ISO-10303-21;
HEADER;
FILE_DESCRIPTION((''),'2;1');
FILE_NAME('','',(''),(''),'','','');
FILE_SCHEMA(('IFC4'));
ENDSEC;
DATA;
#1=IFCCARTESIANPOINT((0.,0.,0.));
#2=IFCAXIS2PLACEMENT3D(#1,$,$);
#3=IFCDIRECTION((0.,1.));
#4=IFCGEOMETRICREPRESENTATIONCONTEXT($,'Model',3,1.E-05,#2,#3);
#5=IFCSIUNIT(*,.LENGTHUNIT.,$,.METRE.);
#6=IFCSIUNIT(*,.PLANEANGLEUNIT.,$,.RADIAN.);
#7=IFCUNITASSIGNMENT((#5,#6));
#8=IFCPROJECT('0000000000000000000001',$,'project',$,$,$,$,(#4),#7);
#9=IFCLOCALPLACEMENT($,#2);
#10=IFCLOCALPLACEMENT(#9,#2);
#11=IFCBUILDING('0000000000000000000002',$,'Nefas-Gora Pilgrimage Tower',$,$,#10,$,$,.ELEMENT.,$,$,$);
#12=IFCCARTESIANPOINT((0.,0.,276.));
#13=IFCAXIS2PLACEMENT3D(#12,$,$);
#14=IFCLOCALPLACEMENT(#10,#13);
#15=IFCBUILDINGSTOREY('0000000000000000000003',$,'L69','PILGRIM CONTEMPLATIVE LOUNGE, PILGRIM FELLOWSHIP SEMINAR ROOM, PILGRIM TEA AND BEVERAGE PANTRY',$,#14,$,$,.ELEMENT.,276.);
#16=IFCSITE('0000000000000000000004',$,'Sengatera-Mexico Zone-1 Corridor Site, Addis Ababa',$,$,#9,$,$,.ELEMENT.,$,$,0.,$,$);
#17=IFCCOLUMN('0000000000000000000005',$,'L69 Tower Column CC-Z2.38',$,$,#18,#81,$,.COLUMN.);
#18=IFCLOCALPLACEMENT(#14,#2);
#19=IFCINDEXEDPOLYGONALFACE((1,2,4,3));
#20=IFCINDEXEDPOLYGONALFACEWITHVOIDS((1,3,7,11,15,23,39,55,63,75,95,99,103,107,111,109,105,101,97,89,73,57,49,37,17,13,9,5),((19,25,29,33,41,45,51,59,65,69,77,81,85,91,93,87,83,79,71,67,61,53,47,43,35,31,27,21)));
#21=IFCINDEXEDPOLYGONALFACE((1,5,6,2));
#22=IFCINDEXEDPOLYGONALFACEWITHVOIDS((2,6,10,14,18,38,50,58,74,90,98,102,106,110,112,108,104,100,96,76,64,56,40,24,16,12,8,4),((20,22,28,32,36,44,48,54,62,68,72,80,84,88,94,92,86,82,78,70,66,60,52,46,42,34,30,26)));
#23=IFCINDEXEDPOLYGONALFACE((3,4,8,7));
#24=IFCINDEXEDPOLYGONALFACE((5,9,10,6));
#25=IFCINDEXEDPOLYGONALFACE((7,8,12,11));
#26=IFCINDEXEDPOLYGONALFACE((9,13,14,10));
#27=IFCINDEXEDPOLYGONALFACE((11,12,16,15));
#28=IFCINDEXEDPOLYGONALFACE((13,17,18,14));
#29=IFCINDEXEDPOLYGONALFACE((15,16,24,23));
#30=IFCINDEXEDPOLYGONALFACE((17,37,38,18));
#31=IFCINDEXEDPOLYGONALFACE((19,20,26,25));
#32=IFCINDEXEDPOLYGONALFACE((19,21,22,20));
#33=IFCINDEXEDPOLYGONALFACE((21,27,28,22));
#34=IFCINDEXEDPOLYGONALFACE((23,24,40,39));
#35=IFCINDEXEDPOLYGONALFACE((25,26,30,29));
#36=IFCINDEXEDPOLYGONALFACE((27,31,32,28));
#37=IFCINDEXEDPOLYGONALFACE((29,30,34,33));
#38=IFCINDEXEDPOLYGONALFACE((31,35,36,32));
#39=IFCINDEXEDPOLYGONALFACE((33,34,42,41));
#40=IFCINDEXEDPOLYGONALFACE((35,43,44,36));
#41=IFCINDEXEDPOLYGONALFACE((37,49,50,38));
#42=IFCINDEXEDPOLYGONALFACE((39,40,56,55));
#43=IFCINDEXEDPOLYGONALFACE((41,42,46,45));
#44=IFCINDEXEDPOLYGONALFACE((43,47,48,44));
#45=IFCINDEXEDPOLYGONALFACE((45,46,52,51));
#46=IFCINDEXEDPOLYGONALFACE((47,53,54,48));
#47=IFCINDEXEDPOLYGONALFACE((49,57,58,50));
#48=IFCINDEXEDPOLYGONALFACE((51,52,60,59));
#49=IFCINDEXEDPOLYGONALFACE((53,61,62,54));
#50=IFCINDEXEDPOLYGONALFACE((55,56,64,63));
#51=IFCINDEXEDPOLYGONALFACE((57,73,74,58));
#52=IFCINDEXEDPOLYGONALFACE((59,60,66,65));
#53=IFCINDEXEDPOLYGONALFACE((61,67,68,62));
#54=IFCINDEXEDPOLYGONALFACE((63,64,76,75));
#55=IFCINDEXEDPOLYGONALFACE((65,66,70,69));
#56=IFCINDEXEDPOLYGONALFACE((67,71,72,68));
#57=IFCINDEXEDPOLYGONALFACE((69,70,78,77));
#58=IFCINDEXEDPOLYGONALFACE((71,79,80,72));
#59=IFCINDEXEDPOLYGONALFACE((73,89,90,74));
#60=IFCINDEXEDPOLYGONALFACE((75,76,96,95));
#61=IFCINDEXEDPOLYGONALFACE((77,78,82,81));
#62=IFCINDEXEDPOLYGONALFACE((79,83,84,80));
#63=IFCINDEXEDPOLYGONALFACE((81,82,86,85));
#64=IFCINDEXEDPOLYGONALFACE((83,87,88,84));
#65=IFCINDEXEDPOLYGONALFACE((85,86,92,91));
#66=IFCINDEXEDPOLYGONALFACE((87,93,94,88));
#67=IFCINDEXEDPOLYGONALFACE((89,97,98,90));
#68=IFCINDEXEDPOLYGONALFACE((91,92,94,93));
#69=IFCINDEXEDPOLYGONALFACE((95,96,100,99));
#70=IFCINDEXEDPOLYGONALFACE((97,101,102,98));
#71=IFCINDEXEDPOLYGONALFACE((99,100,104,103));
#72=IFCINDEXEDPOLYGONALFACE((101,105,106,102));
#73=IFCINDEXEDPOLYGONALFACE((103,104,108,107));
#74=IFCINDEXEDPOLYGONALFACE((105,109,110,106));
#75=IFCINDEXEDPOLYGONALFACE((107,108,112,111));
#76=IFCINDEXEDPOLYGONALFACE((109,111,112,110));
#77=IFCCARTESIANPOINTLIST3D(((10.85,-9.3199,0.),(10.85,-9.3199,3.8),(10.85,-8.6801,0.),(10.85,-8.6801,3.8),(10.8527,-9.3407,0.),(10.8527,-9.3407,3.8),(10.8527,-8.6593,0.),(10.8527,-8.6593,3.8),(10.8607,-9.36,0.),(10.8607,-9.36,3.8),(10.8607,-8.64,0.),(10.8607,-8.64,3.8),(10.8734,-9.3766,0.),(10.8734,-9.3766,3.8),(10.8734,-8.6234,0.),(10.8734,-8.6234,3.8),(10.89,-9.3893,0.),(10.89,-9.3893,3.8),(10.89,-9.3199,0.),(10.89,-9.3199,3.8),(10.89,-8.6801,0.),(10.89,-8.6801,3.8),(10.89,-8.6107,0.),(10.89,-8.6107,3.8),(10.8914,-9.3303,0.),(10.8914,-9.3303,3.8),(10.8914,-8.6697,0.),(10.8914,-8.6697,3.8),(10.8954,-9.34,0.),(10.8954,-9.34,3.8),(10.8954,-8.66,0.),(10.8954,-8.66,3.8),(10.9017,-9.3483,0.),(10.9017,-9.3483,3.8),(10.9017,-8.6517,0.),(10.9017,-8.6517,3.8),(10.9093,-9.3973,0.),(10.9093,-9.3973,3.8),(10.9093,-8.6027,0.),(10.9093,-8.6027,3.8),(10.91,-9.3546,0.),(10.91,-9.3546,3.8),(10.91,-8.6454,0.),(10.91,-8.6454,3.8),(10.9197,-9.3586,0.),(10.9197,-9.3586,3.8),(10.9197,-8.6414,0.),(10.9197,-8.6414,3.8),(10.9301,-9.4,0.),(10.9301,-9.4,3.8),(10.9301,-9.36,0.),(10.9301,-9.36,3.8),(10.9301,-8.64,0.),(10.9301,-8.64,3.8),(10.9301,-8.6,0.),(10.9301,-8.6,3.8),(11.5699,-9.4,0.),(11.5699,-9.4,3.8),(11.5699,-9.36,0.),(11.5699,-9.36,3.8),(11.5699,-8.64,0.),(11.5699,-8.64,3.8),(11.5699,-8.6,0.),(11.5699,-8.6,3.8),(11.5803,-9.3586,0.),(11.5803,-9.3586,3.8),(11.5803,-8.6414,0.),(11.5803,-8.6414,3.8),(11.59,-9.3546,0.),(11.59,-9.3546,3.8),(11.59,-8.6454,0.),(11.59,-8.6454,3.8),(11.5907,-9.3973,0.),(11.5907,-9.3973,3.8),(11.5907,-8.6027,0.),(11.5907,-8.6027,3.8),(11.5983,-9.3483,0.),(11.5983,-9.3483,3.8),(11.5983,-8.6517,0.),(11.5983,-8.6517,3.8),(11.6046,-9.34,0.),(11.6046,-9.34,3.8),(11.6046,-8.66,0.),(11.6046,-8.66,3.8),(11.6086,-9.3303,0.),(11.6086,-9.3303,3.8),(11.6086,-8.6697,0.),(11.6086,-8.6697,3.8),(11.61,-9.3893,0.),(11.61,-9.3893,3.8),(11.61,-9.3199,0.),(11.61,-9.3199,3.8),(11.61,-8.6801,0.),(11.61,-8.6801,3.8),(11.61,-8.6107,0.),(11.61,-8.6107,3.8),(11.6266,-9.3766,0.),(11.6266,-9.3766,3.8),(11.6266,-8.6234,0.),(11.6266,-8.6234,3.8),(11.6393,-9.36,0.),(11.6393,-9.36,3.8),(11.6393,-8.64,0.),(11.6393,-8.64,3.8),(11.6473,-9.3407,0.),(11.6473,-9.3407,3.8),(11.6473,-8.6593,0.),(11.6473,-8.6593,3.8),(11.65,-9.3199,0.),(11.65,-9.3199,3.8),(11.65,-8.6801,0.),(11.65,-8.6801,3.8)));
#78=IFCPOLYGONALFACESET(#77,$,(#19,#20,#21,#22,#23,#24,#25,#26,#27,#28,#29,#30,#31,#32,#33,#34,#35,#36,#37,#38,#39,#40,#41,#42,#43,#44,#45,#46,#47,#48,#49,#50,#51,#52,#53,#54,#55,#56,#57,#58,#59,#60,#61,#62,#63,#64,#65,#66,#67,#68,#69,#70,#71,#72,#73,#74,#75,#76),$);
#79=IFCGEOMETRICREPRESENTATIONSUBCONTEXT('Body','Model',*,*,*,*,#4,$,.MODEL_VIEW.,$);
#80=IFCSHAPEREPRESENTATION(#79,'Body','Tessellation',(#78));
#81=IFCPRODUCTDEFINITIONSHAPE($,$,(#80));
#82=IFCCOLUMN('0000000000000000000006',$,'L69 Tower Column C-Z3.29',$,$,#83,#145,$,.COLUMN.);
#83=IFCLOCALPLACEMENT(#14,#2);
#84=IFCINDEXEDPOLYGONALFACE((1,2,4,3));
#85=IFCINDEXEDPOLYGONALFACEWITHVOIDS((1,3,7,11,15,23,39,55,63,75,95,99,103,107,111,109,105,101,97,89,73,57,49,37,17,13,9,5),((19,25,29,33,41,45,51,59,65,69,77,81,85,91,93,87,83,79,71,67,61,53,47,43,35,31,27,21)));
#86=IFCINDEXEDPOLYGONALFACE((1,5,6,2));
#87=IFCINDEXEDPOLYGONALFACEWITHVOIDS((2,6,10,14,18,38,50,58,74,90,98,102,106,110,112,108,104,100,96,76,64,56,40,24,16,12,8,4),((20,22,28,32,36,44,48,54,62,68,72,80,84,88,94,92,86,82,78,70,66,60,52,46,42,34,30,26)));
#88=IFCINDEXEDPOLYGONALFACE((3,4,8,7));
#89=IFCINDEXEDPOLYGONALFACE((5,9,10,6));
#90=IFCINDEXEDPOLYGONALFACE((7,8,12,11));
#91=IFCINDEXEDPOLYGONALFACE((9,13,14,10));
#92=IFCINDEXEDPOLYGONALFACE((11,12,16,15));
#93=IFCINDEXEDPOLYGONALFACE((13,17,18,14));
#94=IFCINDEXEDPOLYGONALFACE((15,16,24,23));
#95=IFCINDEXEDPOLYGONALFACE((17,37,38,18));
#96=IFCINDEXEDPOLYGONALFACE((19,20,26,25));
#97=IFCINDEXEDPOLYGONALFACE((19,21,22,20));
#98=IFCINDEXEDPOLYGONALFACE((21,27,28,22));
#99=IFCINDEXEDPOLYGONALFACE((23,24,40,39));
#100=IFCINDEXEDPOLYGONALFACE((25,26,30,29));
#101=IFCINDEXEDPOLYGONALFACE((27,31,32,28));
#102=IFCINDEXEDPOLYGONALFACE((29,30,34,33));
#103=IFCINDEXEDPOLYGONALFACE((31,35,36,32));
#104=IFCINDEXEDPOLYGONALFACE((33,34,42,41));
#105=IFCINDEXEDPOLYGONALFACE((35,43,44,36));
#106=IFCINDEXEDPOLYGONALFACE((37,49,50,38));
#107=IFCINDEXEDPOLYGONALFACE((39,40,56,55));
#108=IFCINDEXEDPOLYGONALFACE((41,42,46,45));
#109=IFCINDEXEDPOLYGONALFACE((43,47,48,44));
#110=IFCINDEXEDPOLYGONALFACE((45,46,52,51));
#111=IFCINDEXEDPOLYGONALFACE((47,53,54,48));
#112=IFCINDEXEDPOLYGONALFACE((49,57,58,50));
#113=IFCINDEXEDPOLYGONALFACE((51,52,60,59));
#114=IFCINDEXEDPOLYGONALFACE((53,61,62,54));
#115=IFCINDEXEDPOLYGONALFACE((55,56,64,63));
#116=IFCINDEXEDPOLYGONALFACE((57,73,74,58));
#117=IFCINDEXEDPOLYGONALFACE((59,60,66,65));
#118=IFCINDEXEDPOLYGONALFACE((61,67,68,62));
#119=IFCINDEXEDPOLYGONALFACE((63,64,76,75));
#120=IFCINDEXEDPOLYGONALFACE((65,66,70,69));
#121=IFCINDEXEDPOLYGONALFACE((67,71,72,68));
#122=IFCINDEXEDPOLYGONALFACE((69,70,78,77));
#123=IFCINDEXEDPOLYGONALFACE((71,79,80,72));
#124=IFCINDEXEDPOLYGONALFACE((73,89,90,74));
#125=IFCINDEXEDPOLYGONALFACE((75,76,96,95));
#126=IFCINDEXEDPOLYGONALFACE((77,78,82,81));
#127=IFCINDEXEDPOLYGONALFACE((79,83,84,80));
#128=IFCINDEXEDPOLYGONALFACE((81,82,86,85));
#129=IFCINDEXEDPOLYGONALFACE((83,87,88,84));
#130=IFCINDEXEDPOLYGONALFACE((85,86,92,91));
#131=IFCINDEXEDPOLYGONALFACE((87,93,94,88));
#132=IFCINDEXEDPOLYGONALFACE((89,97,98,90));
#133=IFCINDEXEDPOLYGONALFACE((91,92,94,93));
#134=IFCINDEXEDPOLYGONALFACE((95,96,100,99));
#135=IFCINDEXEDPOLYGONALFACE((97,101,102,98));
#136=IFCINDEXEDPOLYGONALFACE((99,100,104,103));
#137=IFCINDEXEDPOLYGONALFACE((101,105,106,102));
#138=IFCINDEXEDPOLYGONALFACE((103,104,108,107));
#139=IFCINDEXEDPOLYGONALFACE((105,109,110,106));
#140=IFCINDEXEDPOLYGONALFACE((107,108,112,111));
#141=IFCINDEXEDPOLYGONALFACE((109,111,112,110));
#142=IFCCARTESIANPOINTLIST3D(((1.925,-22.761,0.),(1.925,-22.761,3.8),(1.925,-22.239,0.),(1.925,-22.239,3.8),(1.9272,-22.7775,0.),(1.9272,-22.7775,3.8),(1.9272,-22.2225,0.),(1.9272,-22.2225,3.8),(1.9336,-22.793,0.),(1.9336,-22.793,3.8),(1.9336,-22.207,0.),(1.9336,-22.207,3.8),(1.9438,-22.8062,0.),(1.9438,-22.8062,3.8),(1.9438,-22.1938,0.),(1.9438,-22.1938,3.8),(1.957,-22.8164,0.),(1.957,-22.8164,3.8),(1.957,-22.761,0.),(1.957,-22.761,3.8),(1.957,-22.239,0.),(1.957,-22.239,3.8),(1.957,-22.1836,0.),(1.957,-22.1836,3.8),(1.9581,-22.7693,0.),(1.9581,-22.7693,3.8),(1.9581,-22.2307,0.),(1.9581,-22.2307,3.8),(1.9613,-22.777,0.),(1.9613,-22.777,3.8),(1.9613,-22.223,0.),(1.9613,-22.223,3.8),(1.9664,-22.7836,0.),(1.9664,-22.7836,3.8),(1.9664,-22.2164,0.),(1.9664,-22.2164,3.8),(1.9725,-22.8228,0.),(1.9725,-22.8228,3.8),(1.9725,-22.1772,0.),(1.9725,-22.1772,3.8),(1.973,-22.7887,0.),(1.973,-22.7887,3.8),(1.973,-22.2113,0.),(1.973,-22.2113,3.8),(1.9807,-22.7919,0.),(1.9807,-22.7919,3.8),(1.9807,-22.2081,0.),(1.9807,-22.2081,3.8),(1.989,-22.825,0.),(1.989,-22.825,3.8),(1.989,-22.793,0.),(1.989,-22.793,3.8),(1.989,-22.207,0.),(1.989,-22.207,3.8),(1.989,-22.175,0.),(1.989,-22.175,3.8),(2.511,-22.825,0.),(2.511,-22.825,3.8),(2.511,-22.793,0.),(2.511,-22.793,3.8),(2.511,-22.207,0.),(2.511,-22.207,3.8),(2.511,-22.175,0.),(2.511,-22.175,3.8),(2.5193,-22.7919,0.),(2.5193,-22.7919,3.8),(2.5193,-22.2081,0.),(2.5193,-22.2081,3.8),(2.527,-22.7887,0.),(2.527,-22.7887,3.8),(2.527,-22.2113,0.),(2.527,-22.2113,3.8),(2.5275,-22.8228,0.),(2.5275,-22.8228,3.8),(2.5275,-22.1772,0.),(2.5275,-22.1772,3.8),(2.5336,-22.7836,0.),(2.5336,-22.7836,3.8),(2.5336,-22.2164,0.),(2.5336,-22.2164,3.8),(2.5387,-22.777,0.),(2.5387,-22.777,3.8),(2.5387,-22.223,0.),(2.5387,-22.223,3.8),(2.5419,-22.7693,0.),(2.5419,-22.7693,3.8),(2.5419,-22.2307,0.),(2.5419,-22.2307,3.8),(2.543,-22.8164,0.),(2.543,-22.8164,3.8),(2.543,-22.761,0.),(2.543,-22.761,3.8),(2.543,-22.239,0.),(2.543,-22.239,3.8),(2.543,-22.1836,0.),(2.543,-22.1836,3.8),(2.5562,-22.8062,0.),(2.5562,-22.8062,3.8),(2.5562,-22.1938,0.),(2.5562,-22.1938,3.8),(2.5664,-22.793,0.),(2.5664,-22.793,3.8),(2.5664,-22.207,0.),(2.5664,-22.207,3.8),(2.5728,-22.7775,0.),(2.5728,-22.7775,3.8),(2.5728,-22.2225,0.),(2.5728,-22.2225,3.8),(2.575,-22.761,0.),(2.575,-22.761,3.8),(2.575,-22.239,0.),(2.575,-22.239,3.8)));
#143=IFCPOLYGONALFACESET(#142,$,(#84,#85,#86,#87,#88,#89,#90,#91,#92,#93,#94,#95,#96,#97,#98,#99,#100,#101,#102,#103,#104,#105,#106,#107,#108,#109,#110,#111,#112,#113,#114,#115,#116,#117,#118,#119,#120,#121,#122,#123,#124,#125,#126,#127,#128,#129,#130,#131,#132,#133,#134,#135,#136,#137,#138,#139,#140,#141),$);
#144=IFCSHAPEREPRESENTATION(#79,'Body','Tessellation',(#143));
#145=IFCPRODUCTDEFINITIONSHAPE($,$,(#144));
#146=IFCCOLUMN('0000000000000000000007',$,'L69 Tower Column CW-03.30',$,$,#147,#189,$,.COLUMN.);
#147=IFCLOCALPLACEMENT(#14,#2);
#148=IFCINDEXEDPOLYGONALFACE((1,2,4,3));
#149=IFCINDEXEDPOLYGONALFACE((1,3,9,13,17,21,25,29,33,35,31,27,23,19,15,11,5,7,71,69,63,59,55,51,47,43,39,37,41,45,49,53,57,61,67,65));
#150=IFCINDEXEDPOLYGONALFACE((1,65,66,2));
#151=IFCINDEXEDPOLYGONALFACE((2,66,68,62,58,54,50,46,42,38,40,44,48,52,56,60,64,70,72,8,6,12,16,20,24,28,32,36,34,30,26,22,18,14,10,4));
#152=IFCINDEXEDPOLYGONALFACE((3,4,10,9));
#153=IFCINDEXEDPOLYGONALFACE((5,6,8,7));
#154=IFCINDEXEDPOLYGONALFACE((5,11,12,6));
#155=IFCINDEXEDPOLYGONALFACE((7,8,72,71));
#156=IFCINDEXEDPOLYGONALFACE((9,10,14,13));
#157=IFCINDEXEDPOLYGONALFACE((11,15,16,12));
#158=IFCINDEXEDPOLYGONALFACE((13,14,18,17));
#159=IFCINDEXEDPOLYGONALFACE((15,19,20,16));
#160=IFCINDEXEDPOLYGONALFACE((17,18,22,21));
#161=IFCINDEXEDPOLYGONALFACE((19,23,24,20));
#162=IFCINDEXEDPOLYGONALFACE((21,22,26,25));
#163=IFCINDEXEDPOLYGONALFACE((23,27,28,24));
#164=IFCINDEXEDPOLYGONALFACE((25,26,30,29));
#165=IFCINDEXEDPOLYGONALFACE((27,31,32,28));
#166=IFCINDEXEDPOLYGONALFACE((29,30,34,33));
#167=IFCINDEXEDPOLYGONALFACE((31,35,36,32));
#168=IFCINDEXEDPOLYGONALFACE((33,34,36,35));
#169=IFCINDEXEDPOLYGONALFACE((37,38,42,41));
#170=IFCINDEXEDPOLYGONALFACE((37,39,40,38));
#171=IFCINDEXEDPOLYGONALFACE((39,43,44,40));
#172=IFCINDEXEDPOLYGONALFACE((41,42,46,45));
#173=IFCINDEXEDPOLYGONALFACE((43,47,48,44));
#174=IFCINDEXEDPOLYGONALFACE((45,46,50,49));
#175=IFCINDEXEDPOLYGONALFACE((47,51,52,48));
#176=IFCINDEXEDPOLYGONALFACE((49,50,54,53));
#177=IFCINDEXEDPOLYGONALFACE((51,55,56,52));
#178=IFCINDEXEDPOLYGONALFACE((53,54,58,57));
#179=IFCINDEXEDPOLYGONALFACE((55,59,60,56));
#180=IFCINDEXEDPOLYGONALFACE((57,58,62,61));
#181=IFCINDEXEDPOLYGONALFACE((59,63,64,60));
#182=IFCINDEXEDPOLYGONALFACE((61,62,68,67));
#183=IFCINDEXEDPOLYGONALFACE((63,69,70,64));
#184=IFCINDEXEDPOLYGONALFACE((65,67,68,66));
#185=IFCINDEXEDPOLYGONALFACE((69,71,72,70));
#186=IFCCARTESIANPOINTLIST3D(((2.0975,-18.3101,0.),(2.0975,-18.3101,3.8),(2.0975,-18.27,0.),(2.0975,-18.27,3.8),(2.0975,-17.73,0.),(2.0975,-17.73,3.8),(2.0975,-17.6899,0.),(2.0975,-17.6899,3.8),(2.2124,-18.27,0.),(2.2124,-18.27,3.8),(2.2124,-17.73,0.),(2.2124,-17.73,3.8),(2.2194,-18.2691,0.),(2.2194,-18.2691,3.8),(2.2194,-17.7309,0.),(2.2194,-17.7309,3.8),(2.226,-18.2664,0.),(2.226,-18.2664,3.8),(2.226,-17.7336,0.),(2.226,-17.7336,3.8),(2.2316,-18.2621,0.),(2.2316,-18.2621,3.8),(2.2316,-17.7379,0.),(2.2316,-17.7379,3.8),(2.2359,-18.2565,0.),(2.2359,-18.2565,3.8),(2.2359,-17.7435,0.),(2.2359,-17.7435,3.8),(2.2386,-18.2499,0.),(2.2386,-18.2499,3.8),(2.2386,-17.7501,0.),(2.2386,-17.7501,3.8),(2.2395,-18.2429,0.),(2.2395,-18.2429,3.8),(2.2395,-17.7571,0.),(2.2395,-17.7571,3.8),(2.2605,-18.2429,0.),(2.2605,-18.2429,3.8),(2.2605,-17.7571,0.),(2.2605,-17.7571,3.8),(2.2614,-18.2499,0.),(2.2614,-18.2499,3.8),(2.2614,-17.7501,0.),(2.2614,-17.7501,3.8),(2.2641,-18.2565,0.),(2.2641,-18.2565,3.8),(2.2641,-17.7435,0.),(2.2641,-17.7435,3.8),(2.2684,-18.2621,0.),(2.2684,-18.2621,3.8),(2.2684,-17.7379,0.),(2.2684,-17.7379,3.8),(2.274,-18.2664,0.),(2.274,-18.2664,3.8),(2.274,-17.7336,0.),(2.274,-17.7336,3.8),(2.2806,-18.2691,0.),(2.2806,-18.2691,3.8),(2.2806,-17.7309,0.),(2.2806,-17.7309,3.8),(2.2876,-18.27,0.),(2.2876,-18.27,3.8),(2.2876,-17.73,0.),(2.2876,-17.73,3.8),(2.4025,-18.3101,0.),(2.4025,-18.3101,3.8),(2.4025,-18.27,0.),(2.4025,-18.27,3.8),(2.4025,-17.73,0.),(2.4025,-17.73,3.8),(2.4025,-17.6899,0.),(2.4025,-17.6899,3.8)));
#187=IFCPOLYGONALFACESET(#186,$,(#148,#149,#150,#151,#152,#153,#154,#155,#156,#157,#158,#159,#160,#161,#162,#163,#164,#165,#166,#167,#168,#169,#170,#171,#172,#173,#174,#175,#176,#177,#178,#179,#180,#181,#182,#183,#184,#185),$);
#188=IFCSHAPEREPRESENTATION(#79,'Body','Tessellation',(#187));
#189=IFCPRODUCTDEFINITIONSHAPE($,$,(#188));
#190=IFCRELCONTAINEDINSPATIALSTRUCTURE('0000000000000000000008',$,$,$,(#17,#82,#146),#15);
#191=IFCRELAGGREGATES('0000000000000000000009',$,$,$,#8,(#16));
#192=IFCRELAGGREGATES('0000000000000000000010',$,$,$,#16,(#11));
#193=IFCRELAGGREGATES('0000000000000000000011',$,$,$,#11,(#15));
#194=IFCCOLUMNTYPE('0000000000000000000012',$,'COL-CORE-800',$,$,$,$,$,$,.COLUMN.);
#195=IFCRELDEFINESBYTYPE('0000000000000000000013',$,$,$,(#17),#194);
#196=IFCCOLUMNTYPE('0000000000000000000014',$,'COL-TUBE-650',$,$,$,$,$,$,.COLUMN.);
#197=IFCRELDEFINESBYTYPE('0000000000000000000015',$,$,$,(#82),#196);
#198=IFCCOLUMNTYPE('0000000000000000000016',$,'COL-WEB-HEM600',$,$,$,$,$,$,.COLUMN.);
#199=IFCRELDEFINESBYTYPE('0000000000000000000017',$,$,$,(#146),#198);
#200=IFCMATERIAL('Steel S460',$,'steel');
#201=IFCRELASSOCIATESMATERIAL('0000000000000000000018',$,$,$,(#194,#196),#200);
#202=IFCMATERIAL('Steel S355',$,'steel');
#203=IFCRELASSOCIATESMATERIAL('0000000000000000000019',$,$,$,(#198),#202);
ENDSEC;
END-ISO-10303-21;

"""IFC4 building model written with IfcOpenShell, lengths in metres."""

from ifc_helpers import new_model, si_unit, direction, frame, origin, origin_2d, place, context, subcontext, project, spatial, hollow_rectangle, i_section, extrude, source, transform, mapped, material, material_profile, profile_set, type_object, element, save


model = new_model("IFC4")

# Units and contexts
model_context = context("Model", 3, precision=1e-05, world=origin(), true_north=direction((0.0, 1.0)))
body_context = subcontext(model_context, "Body", "Model", "MODEL_VIEW")
ifc_project = project(units=[si_unit("LENGTHUNIT", "METRE"), si_unit("PLANEANGLEUNIT", "RADIAN")], contexts=[model_context])

# Site, building, storey
site_placement = place(None, origin())
site = spatial("IfcSite", under=ifc_project, at=site_placement, Name="Sengatera-Mexico Zone-1 Corridor Site, Addis Ababa", CompositionType="ELEMENT", RefElevation=0.0)
building_placement = place(site_placement, origin())
building = spatial("IfcBuilding", under=site, at=building_placement, Name="Nefas-Gora Pilgrimage Tower", CompositionType="ELEMENT")
storey_placement = place(building_placement, frame((0.0, 0.0, 276.0)))
storey = spatial("IfcBuildingStorey", under=building, at=storey_placement, Name="L69", Description="PILGRIM CONTEMPLATIVE LOUNGE, PILGRIM FELLOWSHIP SEMINAR ROOM, PILGRIM TEA AND BEVERAGE PANTRY", CompositionType="ELEMENT", Elevation=276.0)

# Columns
ifc_material_1 = material(Name="Steel S460", Category="steel")
ifc_material_profile_1 = material_profile(ifc_material_1, hollow_rectangle(XDim=0.8, YDim=0.8, WallThickness=0.04, InnerFilletRadius=0.04, OuterFilletRadius=0.0801, at=origin_2d()), Name="BOX 800x800x40")
ifc_profile_set_1 = profile_set([ifc_material_profile_1], Name="Steel S460")
column_type_1 = type_object("IfcColumnType", Name="COL-CORE-800", PredefinedType="COLUMN", material=ifc_profile_set_1)
shared_shape_1 = source(origin(), body_context, "Body", "SweptSolid", [
    extrude(hollow_rectangle(XDim=0.8, YDim=0.8, WallThickness=0.04, InnerFilletRadius=0.04, OuterFilletRadius=0.0801, at=origin_2d()), origin(), (0.0, 0.0, 1.0), 3.8),
])
column_1_placement = place(storey_placement, frame((11.25, -9.0, 0.0), z_axis=(0.0, 0.0, 1.0), x_axis=(1.0, 0.0, 0.0)))
element("IfcColumn", 1, at=column_1_placement, inside=storey, type_object=column_type_1, Name="L69 Tower Column CC-Z2.38", PredefinedType="COLUMN", context=body_context, shape_type="MappedRepresentation", body=[
    mapped(shared_shape_1, transform((0.0, 0.0, 0.0), x_axis=(1.0, 0.0, 0.0), y_axis=(0.0, 1.0, 0.0), z_axis=(0.0, 0.0, 1.0), scale=1.0)),
])
ifc_material_profile_2 = material_profile(ifc_material_1, hollow_rectangle(XDim=0.6499, YDim=0.6499, WallThickness=0.032, InnerFilletRadius=0.032, OuterFilletRadius=0.064, at=origin_2d()), Name="BOX 650x650x32")
ifc_profile_set_2 = profile_set([ifc_material_profile_2], Name="Steel S460")
column_type_2 = type_object("IfcColumnType", Name="COL-TUBE-650", PredefinedType="COLUMN", material=ifc_profile_set_2)
shared_shape_2 = source(origin(), body_context, "Body", "SweptSolid", [
    extrude(hollow_rectangle(XDim=0.6499, YDim=0.6499, WallThickness=0.032, InnerFilletRadius=0.032, OuterFilletRadius=0.064, at=origin_2d()), origin(), (0.0, 0.0, 1.0), 3.8),
])
column_2_placement = place(storey_placement, frame((2.25, -22.5, 0.0), z_axis=(0.0, 0.0, 1.0), x_axis=(1.0, 0.0, 0.0)))
element("IfcColumn", 2, at=column_2_placement, inside=storey, type_object=column_type_2, Name="L69 Tower Column C-Z3.29", PredefinedType="COLUMN", context=body_context, shape_type="MappedRepresentation", body=[
    mapped(shared_shape_2, transform((0.0, 0.0, 0.0), x_axis=(1.0, 0.0, 0.0), y_axis=(0.0, 1.0, 0.0), z_axis=(0.0, 0.0, 1.0), scale=1.0)),
])
ifc_material_2 = material(Name="Steel S355", Category="steel")
ifc_material_profile_3 = material_profile(ifc_material_2, i_section(OverallWidth=0.3049, OverallDepth=0.6201, WebThickness=0.021, FlangeThickness=0.04, FilletRadius=0.0271, at=origin_2d()), Name="HEM 600")
ifc_profile_set_3 = profile_set([ifc_material_profile_3], Name="Steel S355")
column_type_3 = type_object("IfcColumnType", Name="COL-WEB-HEM600", PredefinedType="COLUMN", material=ifc_profile_set_3)
shared_shape_3 = source(origin(), body_context, "Body", "SweptSolid", [
    extrude(i_section(OverallWidth=0.3049, OverallDepth=0.6201, WebThickness=0.021, FlangeThickness=0.04, FilletRadius=0.0271, at=origin_2d()), origin(), (0.0, 0.0, 1.0), 3.8),
])
for number, where, z_axis, x_axis, name in (
    (3, (2.25, -18.0, 0.0), (0.0, 0.0, 1.0), (1.0, 0.0, 0.0), "L69 Tower Column CW-03.30"),
):
    element("IfcColumn", number, at=place(storey_placement, frame(where, z_axis=z_axis, x_axis=x_axis)), inside=storey, type_object=column_type_3, Name=name, PredefinedType="COLUMN", context=body_context, shape_type="MappedRepresentation", body=[
        mapped(shared_shape_3, transform((0.0, 0.0, 0.0), x_axis=(1.0, 0.0, 0.0), y_axis=(0.0, 1.0, 0.0), z_axis=(0.0, 0.0, 1.0), scale=1.0)),
    ])

save(model, "model.ifc")
